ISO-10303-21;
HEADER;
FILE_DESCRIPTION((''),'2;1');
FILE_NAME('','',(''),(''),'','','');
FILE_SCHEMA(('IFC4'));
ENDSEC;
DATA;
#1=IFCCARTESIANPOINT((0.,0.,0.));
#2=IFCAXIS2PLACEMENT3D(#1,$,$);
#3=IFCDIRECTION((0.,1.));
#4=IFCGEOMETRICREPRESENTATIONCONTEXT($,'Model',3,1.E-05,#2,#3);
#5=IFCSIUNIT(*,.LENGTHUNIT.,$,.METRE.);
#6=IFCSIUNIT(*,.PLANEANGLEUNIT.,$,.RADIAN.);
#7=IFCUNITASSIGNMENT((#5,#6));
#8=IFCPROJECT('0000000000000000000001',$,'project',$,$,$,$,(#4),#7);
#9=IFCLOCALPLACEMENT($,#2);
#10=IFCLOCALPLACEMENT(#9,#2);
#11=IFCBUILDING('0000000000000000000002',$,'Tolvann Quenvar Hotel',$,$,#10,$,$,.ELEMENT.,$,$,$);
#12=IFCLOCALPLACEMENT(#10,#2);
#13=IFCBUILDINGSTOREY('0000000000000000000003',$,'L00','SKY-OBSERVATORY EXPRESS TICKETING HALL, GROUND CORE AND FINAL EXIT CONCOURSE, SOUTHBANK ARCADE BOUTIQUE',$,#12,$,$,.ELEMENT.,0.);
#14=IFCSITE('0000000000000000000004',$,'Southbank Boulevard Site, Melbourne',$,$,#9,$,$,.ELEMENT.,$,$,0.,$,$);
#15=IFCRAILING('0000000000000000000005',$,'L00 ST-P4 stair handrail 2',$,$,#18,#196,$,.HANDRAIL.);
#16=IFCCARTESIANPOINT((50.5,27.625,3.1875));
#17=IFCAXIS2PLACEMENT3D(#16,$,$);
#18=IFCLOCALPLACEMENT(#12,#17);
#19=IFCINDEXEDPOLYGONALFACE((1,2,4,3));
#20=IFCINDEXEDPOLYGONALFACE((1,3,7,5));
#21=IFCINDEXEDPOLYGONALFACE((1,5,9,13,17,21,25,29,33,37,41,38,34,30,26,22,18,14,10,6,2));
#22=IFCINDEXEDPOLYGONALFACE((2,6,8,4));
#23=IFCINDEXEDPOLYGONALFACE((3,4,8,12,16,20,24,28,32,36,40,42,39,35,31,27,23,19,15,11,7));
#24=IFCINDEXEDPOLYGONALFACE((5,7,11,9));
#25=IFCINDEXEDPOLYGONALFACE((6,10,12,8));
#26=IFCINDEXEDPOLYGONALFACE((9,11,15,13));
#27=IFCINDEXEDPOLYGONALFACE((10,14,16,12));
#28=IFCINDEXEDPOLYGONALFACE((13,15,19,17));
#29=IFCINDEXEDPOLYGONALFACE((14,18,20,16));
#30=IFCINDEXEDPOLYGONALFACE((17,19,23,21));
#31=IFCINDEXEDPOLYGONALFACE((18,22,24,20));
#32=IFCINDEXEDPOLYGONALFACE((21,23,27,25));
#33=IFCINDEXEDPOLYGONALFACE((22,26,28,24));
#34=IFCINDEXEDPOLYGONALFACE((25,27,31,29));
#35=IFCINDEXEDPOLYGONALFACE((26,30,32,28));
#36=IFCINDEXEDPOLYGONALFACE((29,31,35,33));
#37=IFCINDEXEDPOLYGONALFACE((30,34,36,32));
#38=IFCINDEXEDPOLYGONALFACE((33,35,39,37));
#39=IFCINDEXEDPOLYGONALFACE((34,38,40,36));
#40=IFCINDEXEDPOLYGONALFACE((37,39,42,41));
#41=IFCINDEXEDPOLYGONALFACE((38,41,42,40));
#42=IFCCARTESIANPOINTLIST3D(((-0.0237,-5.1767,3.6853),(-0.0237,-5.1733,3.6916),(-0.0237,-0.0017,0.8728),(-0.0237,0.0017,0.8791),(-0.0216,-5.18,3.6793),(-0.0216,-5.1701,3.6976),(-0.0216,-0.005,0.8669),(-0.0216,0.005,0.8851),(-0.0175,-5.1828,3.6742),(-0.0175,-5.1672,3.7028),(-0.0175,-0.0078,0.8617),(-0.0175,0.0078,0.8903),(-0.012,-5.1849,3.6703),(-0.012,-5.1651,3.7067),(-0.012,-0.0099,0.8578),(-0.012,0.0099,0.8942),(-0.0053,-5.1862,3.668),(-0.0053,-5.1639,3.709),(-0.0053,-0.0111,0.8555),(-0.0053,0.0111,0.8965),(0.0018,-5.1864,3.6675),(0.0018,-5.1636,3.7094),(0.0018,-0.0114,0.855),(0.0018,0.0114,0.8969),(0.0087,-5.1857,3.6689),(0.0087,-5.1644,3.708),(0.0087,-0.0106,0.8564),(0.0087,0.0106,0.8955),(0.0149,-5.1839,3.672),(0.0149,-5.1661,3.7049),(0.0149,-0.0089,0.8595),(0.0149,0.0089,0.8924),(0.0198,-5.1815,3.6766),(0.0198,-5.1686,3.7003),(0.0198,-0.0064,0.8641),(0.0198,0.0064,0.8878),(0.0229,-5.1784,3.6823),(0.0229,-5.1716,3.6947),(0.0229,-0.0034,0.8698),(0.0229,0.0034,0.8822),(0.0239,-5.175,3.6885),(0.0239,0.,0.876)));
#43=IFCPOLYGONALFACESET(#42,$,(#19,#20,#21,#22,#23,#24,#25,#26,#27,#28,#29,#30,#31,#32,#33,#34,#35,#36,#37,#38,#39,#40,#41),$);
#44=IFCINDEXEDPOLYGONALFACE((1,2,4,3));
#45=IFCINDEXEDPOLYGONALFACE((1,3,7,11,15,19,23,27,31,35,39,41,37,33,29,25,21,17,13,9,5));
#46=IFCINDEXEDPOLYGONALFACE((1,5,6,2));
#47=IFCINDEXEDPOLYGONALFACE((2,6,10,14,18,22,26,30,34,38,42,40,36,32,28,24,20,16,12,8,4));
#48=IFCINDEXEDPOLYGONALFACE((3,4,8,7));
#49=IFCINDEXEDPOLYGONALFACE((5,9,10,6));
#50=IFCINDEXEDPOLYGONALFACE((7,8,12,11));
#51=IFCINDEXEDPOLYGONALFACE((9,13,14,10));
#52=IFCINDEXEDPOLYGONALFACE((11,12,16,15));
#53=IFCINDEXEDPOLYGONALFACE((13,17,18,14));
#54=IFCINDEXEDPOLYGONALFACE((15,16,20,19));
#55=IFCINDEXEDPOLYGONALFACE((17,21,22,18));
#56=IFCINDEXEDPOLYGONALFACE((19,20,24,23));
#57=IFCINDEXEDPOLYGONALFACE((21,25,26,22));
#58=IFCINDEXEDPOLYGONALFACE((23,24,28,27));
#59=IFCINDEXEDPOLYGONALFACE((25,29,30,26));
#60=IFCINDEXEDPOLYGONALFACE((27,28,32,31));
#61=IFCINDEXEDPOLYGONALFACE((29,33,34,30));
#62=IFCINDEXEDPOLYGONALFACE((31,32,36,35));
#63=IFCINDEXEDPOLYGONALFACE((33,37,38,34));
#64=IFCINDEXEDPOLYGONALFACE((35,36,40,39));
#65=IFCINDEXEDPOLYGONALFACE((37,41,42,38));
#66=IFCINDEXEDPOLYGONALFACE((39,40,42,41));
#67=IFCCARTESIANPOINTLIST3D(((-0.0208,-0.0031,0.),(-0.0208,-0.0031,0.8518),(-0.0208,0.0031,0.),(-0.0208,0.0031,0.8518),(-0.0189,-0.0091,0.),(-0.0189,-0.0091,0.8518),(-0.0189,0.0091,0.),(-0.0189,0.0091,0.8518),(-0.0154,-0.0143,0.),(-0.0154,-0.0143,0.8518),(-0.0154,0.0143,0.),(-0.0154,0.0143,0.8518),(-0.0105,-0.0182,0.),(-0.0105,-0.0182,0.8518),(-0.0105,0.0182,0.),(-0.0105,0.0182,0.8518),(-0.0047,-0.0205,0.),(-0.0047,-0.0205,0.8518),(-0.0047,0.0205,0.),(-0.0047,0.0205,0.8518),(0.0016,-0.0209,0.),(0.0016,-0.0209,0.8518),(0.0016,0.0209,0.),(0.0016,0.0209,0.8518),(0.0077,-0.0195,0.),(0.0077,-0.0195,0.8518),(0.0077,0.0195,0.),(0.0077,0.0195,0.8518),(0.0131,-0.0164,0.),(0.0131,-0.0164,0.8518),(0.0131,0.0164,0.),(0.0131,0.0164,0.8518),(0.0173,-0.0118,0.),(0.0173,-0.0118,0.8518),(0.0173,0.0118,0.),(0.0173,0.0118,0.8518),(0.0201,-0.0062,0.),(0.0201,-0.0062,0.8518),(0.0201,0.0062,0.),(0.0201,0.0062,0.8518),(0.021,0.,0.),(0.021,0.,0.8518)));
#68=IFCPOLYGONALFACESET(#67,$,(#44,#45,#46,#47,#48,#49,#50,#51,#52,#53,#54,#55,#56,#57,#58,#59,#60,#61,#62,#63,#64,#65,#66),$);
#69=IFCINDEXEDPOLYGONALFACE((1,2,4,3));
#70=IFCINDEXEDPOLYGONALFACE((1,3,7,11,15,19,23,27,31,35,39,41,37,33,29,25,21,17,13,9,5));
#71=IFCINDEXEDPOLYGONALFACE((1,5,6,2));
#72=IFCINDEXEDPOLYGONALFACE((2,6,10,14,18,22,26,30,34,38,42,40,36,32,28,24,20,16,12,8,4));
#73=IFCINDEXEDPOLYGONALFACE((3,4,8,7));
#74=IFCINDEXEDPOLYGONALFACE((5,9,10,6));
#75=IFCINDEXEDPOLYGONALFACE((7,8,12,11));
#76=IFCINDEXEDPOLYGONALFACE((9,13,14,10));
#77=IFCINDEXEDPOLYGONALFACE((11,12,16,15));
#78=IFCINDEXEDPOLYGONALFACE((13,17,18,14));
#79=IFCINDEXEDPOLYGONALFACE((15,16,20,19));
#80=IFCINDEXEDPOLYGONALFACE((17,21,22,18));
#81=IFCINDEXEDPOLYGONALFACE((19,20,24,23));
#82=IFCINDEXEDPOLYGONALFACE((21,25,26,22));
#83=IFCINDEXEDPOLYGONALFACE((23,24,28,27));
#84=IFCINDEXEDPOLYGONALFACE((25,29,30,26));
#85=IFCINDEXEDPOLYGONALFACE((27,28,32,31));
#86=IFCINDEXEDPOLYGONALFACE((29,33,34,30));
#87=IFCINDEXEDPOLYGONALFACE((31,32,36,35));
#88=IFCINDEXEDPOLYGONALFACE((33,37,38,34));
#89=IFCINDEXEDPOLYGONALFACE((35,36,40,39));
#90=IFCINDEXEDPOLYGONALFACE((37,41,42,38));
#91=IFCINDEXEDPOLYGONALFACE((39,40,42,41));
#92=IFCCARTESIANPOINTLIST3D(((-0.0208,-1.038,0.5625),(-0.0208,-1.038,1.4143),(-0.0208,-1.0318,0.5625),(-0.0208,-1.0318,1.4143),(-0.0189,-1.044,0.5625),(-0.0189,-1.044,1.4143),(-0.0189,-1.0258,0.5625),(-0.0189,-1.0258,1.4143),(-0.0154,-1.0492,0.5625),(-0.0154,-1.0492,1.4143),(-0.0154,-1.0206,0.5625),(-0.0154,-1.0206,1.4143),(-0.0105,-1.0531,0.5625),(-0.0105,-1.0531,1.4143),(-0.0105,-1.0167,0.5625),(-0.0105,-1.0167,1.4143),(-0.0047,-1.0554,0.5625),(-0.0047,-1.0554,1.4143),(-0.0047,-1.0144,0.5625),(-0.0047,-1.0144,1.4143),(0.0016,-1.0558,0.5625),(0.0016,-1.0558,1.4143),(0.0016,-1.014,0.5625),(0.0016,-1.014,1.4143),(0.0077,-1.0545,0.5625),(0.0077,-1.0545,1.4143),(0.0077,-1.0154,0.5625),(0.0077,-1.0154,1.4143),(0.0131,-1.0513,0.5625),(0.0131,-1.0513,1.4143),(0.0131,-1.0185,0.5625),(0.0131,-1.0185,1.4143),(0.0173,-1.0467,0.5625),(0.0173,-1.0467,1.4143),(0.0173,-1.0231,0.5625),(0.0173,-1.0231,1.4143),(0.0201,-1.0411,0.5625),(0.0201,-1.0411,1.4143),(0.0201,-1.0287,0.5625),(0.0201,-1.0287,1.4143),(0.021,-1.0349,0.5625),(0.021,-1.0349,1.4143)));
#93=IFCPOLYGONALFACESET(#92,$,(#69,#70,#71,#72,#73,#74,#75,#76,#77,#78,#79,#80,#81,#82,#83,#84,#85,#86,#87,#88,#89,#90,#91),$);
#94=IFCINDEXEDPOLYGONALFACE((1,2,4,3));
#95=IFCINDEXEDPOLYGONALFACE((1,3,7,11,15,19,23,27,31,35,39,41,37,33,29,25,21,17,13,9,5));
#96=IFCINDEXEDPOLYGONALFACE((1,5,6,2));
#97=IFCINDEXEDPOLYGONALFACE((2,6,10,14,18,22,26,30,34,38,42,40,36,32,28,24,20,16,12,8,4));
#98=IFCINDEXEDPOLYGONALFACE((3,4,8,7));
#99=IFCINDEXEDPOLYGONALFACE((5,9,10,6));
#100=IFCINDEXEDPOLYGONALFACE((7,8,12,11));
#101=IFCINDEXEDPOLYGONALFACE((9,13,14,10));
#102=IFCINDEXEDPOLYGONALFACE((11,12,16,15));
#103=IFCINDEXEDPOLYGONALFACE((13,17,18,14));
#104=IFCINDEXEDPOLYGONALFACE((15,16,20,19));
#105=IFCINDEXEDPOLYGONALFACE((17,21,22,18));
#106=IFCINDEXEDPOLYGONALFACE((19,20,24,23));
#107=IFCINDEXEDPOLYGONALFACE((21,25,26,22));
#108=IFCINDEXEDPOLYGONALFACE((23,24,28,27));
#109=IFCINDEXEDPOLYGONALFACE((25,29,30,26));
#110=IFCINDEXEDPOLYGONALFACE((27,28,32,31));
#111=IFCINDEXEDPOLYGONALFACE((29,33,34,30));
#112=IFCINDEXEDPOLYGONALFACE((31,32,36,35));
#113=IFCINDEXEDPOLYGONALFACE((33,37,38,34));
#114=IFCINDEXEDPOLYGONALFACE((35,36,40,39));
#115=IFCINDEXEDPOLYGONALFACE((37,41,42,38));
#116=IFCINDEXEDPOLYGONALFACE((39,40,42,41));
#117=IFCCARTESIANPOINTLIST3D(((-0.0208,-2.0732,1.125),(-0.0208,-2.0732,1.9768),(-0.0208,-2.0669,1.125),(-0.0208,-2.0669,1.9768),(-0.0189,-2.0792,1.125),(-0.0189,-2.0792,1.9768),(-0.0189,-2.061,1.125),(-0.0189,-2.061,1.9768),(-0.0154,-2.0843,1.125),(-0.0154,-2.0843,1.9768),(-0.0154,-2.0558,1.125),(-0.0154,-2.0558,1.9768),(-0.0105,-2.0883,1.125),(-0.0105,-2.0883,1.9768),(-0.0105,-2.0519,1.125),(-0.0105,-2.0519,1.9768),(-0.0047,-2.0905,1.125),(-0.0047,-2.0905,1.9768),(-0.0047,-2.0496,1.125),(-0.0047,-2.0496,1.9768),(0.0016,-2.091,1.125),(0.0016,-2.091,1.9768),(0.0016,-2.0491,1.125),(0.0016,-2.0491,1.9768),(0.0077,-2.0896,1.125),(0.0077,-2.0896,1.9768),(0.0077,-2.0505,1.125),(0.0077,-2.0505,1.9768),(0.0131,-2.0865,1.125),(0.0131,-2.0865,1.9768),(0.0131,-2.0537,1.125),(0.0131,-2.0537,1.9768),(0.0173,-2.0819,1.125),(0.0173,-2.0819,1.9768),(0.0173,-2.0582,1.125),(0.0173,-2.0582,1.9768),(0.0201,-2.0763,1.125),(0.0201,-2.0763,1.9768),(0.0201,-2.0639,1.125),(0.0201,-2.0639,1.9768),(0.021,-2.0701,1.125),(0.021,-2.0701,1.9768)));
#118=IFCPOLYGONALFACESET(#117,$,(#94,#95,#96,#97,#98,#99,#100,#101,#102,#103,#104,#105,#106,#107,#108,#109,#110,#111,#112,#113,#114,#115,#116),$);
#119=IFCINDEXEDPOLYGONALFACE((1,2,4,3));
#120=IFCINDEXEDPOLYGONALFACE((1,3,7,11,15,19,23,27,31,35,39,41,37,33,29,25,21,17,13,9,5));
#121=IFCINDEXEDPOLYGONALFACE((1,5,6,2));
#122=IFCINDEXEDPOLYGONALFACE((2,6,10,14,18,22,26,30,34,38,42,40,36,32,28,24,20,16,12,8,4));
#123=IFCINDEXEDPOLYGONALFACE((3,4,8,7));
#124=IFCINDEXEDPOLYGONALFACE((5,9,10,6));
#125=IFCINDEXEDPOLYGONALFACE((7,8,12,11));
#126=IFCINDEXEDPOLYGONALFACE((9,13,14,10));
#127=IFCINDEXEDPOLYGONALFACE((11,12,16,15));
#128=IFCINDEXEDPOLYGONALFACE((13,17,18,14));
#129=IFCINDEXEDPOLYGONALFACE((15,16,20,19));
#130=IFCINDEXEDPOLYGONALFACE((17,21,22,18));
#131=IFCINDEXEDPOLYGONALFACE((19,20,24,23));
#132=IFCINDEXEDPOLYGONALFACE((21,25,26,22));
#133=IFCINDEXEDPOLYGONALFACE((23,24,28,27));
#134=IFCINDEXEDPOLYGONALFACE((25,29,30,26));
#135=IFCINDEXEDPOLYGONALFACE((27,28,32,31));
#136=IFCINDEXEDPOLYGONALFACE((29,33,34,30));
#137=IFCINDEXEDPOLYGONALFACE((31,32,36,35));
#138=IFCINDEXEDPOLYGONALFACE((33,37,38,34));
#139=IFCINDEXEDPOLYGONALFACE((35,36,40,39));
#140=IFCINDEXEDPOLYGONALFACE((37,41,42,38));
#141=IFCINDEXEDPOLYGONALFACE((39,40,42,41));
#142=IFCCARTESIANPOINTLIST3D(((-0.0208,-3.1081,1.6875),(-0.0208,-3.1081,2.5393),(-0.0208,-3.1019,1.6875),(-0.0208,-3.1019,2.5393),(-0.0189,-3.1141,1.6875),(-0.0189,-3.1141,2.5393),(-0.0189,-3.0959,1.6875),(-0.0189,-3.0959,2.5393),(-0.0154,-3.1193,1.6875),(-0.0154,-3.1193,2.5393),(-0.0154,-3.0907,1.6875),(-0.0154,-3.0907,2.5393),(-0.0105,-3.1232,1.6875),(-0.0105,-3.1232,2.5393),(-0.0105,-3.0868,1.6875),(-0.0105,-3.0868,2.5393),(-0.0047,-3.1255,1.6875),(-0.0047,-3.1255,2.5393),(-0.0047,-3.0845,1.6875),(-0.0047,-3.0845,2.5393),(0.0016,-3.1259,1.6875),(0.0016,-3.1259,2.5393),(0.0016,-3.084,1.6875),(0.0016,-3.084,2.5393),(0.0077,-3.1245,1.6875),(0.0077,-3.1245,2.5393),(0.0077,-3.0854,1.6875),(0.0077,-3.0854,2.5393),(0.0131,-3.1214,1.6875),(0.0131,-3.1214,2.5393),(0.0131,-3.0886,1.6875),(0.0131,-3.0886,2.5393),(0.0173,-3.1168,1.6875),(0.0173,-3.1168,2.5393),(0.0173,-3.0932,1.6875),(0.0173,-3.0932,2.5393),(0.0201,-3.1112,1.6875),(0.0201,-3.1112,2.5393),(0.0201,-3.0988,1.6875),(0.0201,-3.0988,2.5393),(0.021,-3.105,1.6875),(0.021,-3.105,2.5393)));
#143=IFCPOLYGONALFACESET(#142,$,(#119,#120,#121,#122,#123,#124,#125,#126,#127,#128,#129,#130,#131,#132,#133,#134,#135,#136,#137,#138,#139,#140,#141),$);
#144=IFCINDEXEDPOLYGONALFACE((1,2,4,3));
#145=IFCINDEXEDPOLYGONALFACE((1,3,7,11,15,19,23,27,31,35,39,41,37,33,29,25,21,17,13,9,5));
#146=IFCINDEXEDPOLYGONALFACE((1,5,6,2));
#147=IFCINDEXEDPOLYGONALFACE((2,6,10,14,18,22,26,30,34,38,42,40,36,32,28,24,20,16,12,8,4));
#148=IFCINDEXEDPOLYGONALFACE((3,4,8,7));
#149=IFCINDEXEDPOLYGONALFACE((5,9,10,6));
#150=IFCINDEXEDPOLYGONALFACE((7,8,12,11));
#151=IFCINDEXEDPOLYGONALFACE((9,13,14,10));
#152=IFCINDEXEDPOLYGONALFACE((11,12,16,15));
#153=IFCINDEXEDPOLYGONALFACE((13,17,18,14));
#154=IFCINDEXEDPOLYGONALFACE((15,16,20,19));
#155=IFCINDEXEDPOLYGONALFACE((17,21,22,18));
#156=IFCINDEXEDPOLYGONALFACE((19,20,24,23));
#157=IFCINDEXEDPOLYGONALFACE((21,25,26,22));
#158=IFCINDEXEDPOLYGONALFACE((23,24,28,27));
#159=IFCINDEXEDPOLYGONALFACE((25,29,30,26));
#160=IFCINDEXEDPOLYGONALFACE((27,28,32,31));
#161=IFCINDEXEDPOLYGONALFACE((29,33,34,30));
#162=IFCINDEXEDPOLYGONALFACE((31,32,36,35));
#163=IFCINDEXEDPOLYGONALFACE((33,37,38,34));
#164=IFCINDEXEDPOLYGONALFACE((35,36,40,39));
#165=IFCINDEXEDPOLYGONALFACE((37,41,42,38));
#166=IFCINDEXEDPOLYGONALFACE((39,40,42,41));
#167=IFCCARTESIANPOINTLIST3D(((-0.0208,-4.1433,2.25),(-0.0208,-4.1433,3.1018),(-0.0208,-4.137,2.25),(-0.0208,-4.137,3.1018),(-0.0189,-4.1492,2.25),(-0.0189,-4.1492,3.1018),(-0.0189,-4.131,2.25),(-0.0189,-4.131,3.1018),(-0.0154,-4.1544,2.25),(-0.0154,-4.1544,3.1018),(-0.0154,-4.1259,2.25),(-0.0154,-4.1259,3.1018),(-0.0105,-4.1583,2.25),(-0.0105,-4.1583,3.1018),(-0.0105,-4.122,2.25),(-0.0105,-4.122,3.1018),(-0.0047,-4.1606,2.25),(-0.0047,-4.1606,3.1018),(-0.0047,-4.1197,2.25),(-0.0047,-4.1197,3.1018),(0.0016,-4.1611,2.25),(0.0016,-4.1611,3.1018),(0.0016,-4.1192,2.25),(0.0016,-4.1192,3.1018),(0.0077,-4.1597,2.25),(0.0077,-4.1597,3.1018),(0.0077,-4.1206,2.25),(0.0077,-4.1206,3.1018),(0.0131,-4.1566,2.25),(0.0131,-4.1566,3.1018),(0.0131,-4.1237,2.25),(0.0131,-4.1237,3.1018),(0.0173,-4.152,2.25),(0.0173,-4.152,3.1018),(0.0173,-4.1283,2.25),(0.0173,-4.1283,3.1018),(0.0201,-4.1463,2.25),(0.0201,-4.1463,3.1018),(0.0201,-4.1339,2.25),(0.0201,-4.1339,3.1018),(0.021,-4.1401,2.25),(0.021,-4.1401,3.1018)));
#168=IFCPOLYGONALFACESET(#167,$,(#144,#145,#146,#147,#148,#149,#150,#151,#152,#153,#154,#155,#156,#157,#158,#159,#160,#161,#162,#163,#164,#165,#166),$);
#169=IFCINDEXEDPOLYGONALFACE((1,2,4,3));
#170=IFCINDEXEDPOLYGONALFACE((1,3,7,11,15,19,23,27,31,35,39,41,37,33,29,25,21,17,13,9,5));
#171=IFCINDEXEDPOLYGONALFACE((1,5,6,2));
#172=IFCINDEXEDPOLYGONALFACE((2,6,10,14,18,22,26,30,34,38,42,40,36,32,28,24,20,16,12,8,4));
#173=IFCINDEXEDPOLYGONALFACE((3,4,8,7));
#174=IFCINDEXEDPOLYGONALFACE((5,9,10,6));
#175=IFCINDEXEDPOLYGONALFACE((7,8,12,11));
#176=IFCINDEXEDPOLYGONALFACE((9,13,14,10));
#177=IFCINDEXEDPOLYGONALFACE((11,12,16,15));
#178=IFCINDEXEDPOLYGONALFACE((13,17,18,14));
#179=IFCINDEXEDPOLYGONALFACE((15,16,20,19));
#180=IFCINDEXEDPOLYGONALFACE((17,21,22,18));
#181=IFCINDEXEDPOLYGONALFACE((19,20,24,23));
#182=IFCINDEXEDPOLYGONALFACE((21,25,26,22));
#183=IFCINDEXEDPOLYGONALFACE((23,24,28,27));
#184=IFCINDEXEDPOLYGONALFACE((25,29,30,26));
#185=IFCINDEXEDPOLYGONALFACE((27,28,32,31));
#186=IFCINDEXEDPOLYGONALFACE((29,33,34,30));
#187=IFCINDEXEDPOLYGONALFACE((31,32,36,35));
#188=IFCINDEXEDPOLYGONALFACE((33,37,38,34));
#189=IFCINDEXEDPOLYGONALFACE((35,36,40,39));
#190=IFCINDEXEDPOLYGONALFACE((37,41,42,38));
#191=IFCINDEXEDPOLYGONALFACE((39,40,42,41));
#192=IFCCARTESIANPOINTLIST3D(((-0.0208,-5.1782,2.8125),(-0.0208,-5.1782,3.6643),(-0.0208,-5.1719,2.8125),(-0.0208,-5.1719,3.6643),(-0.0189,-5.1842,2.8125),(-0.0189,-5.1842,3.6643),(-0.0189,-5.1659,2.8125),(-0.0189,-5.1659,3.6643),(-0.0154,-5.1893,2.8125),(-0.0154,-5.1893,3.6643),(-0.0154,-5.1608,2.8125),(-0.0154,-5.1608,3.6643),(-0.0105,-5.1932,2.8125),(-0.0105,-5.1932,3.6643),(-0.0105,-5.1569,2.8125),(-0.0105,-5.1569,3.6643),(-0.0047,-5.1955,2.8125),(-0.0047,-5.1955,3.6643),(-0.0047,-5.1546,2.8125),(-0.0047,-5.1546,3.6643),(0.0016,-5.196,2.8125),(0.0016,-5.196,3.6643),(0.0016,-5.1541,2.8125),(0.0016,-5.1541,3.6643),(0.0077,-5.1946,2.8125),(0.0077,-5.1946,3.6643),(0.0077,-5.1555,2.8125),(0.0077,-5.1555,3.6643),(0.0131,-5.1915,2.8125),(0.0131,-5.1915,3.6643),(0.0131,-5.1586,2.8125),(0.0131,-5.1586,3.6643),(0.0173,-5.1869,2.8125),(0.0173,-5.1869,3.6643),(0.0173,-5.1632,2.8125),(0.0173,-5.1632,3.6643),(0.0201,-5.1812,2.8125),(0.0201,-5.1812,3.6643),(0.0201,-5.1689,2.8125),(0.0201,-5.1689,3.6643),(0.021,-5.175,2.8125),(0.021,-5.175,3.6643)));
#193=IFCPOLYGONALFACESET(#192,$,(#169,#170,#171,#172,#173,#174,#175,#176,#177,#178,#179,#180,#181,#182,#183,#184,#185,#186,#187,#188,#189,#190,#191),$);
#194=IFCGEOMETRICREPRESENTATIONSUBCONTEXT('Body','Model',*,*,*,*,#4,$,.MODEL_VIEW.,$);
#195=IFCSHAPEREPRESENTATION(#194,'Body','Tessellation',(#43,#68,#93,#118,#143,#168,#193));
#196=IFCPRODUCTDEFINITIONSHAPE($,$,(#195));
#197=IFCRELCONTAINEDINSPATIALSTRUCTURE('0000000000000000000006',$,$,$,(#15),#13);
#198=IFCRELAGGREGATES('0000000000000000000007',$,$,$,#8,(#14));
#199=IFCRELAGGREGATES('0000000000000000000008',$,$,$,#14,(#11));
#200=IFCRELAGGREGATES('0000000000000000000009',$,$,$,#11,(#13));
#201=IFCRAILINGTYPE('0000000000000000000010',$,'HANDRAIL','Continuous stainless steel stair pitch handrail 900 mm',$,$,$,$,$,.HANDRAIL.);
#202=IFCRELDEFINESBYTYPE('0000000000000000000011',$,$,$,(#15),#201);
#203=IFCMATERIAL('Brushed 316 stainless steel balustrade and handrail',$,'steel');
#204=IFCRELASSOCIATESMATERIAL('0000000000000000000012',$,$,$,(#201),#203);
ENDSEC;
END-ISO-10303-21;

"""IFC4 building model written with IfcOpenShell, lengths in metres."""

from ifc_helpers import new_model, si_unit, direction, frame, origin, origin_2d, place, context, subcontext, project, spatial, circle, extrude, material, type_object, element, save


model = new_model("IFC4")

# Units and contexts
model_context = context("Model", 3, precision=1e-05, world=origin(), true_north=direction((0.0, 1.0)))
body_context = subcontext(model_context, "Body", "Model", "MODEL_VIEW")
ifc_project = project(units=[si_unit("LENGTHUNIT", "METRE"), si_unit("PLANEANGLEUNIT", "RADIAN")], contexts=[model_context])

# Site, building, storey
site_placement = place(None, origin())
site = spatial("IfcSite", under=ifc_project, at=site_placement, Name="Southbank Boulevard Site, Melbourne", CompositionType="ELEMENT", RefElevation=0.0)
building_placement = place(site_placement, origin())
building = spatial("IfcBuilding", under=site, at=building_placement, Name="Tolvann Quenvar Hotel", CompositionType="ELEMENT")
storey_placement = place(building_placement, origin())
storey = spatial("IfcBuildingStorey", under=building, at=storey_placement, Name="L00", Description="SKY-OBSERVATORY EXPRESS TICKETING HALL, GROUND CORE AND FINAL EXIT CONCOURSE, SOUTHBANK ARCADE BOUTIQUE", CompositionType="ELEMENT", Elevation=0.0)

# Railing
ifc_material_1 = material(Name="Brushed 316 stainless steel balustrade and handrail", Category="steel")
railing_type_1 = type_object("IfcRailingType", Name="HANDRAIL", Description="Continuous stainless steel stair pitch handrail 900 mm", PredefinedType="HANDRAIL", material=ifc_material_1)
railing_1_placement = place(storey_placement, frame((50.5, 27.625, 3.1875)))
element("IfcRailing", 1, at=railing_1_placement, inside=storey, type_object=railing_type_1, Name="L00 ST-P4 stair handrail 2", PredefinedType="HANDRAIL", context=body_context, shape_type="SweptSolid", body=[
    extrude(circle(Radius=0.0239, at=origin_2d()), frame((0.0, 0.0, 0.876), z_axis=(0.0, -0.878626, 0.47751), x_axis=(1.0, 0.0, 0.0)), (0.0, 0.0, 1.0), 5.8899),
    extrude(circle(Radius=0.021, at=origin_2d()), origin(), (0.0, 0.0, 1.0), 0.8518),
    extrude(circle(Radius=0.021, at=origin_2d()), frame((0.0, -1.0349, 0.5625)), (0.0, 0.0, 1.0), 0.8518),
    extrude(circle(Radius=0.021, at=origin_2d()), frame((0.0, -2.0701, 1.125)), (0.0, 0.0, 1.0), 0.8518),
    extrude(circle(Radius=0.021, at=origin_2d()), frame((0.0, -3.105, 1.6875)), (0.0, 0.0, 1.0), 0.8518),
    extrude(circle(Radius=0.021, at=origin_2d()), frame((0.0, -4.1401, 2.25)), (0.0, 0.0, 1.0), 0.8518),
    extrude(circle(Radius=0.021, at=origin_2d()), frame((0.0, -5.175, 2.8125)), (0.0, 0.0, 1.0), 0.8518),
])

save(model, "model.ifc")
